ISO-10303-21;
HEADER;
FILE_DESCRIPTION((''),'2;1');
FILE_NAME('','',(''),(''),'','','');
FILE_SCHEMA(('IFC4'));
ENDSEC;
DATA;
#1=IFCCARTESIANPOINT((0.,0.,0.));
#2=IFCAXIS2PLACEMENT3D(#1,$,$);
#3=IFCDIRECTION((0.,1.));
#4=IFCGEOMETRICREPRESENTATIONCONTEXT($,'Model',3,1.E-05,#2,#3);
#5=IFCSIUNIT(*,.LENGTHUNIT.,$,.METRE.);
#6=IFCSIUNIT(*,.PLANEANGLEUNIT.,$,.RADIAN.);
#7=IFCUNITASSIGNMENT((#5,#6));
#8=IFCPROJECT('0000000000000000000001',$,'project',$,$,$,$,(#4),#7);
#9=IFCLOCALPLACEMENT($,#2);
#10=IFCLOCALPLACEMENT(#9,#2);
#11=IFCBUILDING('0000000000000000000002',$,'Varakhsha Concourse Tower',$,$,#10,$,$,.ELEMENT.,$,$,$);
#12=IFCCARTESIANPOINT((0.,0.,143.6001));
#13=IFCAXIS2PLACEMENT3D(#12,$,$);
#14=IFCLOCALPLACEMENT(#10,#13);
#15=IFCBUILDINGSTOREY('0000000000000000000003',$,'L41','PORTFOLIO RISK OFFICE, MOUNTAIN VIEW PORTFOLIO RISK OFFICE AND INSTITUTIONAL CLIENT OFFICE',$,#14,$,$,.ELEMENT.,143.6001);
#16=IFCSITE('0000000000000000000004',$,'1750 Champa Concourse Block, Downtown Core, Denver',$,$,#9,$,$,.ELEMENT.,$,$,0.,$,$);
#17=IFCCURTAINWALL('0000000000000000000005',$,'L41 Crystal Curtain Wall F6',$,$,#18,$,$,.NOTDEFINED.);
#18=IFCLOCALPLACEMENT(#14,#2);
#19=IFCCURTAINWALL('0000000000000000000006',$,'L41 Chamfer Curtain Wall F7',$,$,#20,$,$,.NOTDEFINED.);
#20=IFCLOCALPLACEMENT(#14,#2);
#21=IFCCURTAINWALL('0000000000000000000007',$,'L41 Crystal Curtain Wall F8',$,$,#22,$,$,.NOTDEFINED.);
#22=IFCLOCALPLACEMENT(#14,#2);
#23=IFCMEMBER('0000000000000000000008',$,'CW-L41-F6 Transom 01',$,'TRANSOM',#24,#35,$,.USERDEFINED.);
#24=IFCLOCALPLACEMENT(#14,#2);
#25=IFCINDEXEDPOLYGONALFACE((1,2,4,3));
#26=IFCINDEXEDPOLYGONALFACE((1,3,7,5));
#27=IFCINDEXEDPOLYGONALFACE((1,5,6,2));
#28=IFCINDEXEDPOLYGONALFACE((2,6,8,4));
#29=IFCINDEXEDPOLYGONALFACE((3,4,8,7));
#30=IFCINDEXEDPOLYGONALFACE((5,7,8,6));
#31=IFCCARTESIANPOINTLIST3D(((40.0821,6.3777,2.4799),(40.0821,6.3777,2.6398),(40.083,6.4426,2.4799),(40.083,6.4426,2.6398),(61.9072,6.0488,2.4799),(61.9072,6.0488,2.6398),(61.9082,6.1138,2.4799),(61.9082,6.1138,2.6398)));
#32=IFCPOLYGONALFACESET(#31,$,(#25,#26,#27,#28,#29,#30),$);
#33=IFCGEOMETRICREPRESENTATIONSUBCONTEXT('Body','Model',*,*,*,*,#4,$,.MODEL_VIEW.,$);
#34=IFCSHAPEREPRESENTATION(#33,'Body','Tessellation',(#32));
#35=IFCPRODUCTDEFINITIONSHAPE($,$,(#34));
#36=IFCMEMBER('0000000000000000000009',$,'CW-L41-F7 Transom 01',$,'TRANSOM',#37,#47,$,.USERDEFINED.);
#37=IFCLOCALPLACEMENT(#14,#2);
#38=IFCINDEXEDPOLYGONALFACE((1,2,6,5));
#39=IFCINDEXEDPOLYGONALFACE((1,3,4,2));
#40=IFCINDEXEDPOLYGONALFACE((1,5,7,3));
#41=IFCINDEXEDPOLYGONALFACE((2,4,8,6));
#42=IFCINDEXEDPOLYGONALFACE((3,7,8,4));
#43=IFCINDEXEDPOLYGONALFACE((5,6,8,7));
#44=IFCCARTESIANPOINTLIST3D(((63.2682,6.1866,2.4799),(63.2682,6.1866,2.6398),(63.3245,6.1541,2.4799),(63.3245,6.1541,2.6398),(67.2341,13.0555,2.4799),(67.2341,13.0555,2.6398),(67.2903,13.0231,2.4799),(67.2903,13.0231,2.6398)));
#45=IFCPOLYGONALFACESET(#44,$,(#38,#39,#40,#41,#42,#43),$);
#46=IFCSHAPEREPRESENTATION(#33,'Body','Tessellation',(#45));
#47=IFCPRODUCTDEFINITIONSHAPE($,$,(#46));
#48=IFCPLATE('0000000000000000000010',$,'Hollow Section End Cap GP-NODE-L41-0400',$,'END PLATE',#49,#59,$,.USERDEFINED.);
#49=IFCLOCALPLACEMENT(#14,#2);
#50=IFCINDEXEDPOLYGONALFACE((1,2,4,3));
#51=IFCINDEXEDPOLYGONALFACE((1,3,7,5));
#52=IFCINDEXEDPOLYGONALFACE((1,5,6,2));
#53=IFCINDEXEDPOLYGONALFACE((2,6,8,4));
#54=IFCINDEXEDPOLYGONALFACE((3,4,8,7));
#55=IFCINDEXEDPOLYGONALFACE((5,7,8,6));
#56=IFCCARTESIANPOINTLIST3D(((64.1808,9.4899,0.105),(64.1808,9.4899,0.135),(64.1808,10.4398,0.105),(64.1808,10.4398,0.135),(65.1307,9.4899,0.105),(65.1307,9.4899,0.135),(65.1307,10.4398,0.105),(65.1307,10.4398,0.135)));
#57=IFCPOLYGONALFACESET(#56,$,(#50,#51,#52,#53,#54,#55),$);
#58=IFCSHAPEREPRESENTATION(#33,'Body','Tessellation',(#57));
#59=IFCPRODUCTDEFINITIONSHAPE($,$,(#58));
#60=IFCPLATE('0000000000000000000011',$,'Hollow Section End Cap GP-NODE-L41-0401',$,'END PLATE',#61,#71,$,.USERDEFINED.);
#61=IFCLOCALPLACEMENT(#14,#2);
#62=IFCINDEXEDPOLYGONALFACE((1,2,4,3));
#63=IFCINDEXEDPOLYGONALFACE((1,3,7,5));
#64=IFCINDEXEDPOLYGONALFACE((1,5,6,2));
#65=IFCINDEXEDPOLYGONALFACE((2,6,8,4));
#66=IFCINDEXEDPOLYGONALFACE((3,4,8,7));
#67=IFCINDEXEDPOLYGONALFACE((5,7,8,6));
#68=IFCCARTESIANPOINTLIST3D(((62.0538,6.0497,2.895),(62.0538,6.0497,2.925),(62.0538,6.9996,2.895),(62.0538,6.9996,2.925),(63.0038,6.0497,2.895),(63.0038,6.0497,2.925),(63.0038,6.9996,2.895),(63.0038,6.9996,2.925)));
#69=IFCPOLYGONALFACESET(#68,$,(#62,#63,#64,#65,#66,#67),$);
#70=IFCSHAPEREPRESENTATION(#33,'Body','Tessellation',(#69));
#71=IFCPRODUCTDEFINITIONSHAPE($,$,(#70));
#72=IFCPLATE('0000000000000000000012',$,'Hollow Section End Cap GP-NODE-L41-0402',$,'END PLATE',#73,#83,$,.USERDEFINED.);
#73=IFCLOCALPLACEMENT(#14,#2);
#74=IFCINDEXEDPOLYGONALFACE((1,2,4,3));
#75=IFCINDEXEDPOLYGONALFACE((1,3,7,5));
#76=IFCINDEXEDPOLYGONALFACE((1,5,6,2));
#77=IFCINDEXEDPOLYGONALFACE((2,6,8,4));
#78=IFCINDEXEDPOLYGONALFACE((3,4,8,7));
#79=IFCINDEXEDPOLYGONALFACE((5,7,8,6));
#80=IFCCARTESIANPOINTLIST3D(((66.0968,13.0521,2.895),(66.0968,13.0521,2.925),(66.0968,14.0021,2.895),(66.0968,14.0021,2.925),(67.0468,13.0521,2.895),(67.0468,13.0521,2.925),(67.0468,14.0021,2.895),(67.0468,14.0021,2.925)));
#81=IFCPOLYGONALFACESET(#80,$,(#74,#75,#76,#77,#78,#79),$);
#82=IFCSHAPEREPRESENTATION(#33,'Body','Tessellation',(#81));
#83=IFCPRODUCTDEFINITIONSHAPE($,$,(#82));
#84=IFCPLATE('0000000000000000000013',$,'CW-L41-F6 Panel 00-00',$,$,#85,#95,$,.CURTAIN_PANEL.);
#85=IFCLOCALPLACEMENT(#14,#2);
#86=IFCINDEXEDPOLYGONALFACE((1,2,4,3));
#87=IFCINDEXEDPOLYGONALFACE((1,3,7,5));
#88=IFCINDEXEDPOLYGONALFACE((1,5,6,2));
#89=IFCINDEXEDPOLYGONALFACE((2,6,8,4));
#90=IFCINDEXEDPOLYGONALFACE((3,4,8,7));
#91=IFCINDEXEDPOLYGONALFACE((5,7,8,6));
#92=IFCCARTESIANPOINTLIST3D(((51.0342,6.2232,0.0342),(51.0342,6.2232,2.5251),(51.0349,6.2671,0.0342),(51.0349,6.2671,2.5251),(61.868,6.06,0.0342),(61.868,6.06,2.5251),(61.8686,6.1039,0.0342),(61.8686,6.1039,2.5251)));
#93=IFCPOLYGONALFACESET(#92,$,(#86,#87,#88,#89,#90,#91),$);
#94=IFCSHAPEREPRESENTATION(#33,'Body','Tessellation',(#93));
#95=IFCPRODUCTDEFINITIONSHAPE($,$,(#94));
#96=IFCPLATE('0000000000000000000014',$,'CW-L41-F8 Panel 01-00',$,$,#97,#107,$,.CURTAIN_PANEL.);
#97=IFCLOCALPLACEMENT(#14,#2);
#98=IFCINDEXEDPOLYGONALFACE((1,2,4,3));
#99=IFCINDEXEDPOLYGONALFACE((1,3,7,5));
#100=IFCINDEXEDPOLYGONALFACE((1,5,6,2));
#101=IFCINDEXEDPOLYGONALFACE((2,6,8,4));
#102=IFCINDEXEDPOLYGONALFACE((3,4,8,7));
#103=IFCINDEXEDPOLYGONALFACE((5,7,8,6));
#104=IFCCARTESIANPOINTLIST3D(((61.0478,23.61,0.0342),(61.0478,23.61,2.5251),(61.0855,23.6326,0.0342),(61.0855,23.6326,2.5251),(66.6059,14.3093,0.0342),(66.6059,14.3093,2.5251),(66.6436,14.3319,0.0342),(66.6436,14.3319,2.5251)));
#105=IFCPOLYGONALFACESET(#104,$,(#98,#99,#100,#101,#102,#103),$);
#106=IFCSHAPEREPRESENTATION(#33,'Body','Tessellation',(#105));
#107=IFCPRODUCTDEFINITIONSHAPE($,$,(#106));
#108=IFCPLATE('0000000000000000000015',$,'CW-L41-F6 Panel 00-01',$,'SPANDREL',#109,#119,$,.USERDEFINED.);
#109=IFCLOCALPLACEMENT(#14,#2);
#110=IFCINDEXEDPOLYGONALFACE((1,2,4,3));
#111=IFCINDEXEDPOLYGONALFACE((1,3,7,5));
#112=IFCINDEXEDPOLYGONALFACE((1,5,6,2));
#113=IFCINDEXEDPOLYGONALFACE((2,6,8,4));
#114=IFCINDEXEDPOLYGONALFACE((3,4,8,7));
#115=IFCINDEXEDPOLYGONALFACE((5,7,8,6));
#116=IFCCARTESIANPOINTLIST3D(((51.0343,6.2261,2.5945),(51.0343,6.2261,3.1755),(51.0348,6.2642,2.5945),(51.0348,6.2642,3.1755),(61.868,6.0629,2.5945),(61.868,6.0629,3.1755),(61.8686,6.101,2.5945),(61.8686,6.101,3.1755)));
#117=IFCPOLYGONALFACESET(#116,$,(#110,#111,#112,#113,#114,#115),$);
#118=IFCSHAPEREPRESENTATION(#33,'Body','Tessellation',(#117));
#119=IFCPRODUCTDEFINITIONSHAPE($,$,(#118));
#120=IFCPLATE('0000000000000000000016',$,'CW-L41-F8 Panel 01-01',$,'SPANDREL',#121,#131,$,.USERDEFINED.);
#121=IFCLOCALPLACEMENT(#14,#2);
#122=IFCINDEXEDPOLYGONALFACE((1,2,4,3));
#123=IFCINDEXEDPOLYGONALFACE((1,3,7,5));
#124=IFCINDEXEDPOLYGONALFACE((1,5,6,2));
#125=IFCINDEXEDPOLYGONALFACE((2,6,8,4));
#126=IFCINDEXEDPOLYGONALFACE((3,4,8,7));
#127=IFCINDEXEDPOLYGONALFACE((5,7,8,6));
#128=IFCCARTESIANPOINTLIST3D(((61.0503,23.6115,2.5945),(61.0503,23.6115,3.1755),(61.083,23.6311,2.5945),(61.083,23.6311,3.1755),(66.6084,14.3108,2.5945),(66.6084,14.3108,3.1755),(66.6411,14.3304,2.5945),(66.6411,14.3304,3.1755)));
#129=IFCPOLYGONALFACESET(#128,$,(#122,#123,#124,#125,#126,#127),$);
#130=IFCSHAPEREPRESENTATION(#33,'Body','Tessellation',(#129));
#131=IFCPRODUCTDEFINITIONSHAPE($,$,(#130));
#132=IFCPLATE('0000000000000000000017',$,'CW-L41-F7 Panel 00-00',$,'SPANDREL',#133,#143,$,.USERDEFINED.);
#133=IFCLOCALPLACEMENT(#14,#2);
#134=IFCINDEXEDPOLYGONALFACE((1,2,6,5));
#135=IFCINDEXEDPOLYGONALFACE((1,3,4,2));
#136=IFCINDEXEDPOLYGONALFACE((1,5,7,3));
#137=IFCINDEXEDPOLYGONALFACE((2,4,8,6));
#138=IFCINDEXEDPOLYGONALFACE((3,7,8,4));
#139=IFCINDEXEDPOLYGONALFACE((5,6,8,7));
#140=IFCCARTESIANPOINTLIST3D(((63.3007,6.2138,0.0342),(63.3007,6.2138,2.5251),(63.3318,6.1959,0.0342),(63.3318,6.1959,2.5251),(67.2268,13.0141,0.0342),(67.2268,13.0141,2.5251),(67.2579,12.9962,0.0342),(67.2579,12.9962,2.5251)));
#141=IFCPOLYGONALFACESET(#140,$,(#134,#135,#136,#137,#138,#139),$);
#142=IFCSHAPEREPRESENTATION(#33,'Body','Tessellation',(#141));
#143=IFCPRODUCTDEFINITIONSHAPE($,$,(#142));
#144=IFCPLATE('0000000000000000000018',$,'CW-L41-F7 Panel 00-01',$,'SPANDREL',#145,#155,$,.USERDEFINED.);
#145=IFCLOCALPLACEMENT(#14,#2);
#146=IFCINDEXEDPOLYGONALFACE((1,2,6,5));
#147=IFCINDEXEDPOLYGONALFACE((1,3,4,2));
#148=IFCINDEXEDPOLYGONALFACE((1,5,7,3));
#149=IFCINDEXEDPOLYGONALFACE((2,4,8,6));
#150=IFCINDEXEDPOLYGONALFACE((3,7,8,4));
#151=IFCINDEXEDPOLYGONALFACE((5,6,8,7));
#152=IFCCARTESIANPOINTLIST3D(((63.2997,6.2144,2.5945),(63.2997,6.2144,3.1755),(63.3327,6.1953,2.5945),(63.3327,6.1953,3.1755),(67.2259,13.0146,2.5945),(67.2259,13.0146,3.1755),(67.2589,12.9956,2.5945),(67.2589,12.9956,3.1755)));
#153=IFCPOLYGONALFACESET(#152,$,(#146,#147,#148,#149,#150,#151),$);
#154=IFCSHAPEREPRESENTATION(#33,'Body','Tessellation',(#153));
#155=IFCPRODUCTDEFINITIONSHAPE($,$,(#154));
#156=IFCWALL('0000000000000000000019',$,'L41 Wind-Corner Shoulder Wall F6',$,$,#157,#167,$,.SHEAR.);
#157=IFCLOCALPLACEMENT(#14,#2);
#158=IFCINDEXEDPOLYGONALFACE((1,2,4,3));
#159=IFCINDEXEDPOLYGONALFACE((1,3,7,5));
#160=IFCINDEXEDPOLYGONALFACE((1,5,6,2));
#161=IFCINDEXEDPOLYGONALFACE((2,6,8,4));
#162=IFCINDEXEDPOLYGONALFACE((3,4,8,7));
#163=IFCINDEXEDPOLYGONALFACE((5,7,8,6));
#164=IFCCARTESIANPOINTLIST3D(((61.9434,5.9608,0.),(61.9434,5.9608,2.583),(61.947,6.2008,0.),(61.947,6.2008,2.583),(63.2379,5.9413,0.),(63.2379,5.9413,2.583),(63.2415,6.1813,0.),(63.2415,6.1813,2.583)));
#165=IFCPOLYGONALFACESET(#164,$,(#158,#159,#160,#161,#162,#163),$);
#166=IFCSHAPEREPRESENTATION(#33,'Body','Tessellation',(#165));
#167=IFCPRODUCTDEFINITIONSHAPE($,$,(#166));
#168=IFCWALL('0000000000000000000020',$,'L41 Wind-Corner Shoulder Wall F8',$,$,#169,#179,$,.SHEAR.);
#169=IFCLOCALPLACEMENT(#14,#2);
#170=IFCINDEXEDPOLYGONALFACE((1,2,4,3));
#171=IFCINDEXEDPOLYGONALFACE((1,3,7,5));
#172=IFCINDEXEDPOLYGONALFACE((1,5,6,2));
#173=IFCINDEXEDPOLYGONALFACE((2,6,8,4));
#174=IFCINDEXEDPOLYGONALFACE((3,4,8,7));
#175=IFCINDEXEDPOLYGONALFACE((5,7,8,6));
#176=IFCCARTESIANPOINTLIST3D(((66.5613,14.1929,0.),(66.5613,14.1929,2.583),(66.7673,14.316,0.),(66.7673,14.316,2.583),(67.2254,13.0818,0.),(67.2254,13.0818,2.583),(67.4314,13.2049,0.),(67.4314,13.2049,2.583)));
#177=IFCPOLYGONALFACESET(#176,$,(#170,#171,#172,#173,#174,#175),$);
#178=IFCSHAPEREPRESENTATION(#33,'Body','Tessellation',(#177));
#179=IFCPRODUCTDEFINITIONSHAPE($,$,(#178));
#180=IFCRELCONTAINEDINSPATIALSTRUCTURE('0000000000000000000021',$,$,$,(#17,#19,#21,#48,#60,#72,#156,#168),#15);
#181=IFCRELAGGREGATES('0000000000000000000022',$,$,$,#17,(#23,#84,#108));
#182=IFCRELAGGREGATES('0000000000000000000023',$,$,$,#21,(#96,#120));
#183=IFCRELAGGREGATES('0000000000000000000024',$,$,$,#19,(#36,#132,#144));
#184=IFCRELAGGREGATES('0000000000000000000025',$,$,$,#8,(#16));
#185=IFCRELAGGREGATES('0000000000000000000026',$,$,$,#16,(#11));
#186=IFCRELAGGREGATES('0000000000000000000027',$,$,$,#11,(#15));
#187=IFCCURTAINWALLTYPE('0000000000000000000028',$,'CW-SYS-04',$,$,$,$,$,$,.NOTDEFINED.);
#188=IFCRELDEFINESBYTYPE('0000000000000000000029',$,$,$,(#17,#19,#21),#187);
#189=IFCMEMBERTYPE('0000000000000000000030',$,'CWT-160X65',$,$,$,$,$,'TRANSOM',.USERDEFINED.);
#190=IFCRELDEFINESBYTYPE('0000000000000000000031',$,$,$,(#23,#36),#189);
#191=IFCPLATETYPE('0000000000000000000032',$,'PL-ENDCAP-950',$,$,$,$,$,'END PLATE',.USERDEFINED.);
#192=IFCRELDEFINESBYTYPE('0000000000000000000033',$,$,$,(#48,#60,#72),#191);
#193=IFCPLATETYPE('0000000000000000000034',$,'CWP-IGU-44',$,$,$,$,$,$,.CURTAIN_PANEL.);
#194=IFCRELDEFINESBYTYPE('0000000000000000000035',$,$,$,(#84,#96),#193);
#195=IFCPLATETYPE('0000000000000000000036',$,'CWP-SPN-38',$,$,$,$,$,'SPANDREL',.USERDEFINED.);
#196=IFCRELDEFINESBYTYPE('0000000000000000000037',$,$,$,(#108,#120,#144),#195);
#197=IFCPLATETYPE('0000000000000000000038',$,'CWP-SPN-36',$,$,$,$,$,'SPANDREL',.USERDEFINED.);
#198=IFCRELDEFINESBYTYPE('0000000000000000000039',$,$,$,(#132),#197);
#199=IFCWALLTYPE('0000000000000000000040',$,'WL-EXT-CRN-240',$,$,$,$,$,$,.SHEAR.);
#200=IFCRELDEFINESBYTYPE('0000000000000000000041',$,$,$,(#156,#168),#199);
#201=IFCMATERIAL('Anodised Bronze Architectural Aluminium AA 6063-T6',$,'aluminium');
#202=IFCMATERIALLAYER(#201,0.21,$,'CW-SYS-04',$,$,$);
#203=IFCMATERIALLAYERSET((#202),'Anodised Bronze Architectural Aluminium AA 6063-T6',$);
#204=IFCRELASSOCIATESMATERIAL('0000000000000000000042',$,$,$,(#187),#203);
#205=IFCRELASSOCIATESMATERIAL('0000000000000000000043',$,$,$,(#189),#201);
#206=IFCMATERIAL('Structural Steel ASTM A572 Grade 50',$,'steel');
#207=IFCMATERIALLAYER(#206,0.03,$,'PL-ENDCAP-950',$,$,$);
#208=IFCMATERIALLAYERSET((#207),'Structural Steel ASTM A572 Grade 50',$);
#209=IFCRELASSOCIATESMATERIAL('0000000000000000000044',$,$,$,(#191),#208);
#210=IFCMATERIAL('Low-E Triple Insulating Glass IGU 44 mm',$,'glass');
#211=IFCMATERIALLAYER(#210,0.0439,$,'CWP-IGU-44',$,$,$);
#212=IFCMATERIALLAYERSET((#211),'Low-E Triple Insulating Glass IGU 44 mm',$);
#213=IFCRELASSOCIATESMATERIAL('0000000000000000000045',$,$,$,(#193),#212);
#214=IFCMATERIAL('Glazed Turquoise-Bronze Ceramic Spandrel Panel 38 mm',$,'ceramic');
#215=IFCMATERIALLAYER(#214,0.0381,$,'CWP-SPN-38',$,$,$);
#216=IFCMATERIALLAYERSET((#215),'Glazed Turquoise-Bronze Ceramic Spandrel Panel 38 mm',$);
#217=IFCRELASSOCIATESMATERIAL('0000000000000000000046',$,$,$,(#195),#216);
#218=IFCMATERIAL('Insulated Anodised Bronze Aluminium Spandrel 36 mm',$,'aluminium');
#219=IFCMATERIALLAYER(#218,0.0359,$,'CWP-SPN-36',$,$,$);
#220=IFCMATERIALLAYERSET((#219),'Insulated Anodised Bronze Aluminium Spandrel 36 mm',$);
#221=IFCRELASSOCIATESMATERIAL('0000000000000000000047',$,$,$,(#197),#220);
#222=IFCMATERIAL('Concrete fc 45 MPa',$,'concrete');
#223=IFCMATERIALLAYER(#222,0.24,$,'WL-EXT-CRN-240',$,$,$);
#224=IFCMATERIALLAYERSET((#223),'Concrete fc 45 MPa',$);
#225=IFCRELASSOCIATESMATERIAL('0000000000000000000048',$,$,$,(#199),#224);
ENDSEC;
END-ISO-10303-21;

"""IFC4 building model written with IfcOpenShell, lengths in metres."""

from ifc_helpers import new_model, si_unit, direction, frame, frame_2d, origin, origin_2d, place, context, subcontext, project, spatial, rectangle, extrude, source, transform, mapped, material, layer, layer_set, material_profile, profile_set, type_object, type_shapes, element, aggregate, save


model = new_model("IFC4")

# Units and contexts
model_context = context("Model", 3, precision=1e-05, world=origin(), true_north=direction((0.0, 1.0)))
body_context = subcontext(model_context, "Body", "Model", "MODEL_VIEW")
ifc_project = project(units=[si_unit("LENGTHUNIT", "METRE"), si_unit("PLANEANGLEUNIT", "RADIAN")], contexts=[model_context])

# Site, building, storey
site_placement = place(None, origin())
site = spatial("IfcSite", under=ifc_project, at=site_placement, Name="1750 Champa Concourse Block, Downtown Core, Denver", CompositionType="ELEMENT", RefElevation=0.0)
building_placement = place(site_placement, origin())
building = spatial("IfcBuilding", under=site, at=building_placement, Name="Varakhsha Concourse Tower", CompositionType="ELEMENT")
storey_placement = place(building_placement, frame((0.0, 0.0, 143.6001)))
storey = spatial("IfcBuildingStorey", under=building, at=storey_placement, Name="L41", Description="PORTFOLIO RISK OFFICE, MOUNTAIN VIEW PORTFOLIO RISK OFFICE AND INSTITUTIONAL CLIENT OFFICE", CompositionType="ELEMENT", Elevation=143.6001)

# Shared definitions
ifc_material_1 = material(Name="Structural Steel ASTM A572 Grade 50", Category="steel")

# Curtain wall
ifc_material_2 = material(Name="Anodised Bronze Architectural Aluminium AA 6063-T6", Category="aluminium")
ifc_layer_1 = layer(ifc_material_2, 0.21, Name="CW-SYS-04")
ifc_layer_set_1 = layer_set([ifc_layer_1], Name="Anodised Bronze Architectural Aluminium AA 6063-T6")
curtain_wall_type = type_object("IfcCurtainWallType", Name="CW-SYS-04", PredefinedType="NOTDEFINED", material=ifc_layer_set_1)
curtain_wall_1_placement = place(storey_placement, origin())
curtain_wall_1 = element("IfcCurtainWall", 1, at=curtain_wall_1_placement, inside=storey, type_object=curtain_wall_type, Name="L41 Crystal Curtain Wall F6", PredefinedType="NOTDEFINED")

# Curtain wall
curtain_wall_2_placement = place(storey_placement, origin())
curtain_wall_2 = element("IfcCurtainWall", 2, at=curtain_wall_2_placement, inside=storey, type_object=curtain_wall_type, Name="L41 Chamfer Curtain Wall F7", PredefinedType="NOTDEFINED")

# Curtain wall
curtain_wall_3_placement = place(storey_placement, origin())
curtain_wall_3 = element("IfcCurtainWall", 3, at=curtain_wall_3_placement, inside=storey, type_object=curtain_wall_type, Name="L41 Crystal Curtain Wall F8", PredefinedType="NOTDEFINED")

# Members
ifc_material_profile_1 = material_profile(ifc_material_2, rectangle(XDim=0.0649, YDim=0.1599, at=origin_2d()), Name="CWT-160X65")
ifc_profile_set_1 = profile_set([ifc_material_profile_1], Name="Anodised Bronze Architectural Aluminium AA 6063-T6")
member_type_1 = type_object("IfcMemberType", Name="CWT-160X65", ElementType="TRANSOM", PredefinedType="USERDEFINED", material=ifc_profile_set_1)
shared_shape_1 = source(origin(), body_context, "Body", "SweptSolid", [
    extrude(rectangle(XDim=0.0649, YDim=0.1599, at=origin_2d()), origin(), (0.0, 0.0, 1.0), 21.8276),
])
member_1_placement = place(storey_placement, frame((61.9077, 6.0813, 2.5598), z_axis=(-0.999887, 0.015066, 0.0), x_axis=(-0.015066, -0.999887, 0.0)))
member_1 = element("IfcMember", 4, at=member_1_placement, type_object=member_type_1, Name="CW-L41-F6 Transom 01", ObjectType="TRANSOM", PredefinedType="USERDEFINED", context=body_context, shape_type="MappedRepresentation", body=[
    mapped(shared_shape_1, transform((0.0, 0.0, 0.0), scale=1.0)),
])
shared_shape_2 = source(origin(), body_context, "Body", "SweptSolid", [
    extrude(rectangle(XDim=0.0649, YDim=0.1599, at=origin_2d()), origin(), (0.0, 0.0, 1.0), 7.9316),
])
type_shapes(member_type_1, [shared_shape_1, shared_shape_2])
member_2_placement = place(storey_placement, frame((67.2622, 13.0393, 2.5598), z_axis=(-0.500006, -0.866022, 0.0), x_axis=(0.866022, -0.500006, 0.0)))
member_2 = element("IfcMember", 5, at=member_2_placement, type_object=member_type_1, Name="CW-L41-F7 Transom 01", ObjectType="TRANSOM", PredefinedType="USERDEFINED", context=body_context, shape_type="MappedRepresentation", body=[
    mapped(shared_shape_2, transform((0.0, 0.0, 0.0), scale=1.0)),
])

# Plates
ifc_layer_2 = layer(ifc_material_1, 0.03, Name="PL-ENDCAP-950")
ifc_layer_set_2 = layer_set([ifc_layer_2], Name="Structural Steel ASTM A572 Grade 50")
plate_type_1 = type_object("IfcPlateType", Name="PL-ENDCAP-950", ElementType="END PLATE", PredefinedType="USERDEFINED", material=ifc_layer_set_2)
shared_shape_3 = source(origin(), body_context, "Body", "SweptSolid", [
    extrude(rectangle(XDim=0.95, YDim=0.95, at=origin_2d()), origin(), (0.0, 0.0, 1.0), 0.03),
])
type_shapes(plate_type_1, [shared_shape_3])
for number, where, z_axis, x_axis, name in (
    (6, (64.6558, 9.9648, 0.105), (0.0, 0.0, 1.0), (1.0, 0.0, 0.0), "Hollow Section End Cap GP-NODE-L41-0400"),
    (7, (62.5288, 6.5247, 2.895), (0.0, 0.0, 1.0), (1.0, 0.0, 0.0), "Hollow Section End Cap GP-NODE-L41-0401"),
    (8, (66.5718, 13.5271, 2.895), (0.0, 0.0, 1.0), (1.0, 0.0, 0.0), "Hollow Section End Cap GP-NODE-L41-0402"),
):
    element("IfcPlate", number, at=place(storey_placement, frame(where, z_axis=z_axis, x_axis=x_axis)), inside=storey, type_object=plate_type_1, Name=name, ObjectType="END PLATE", PredefinedType="USERDEFINED", context=body_context, shape_type="MappedRepresentation", body=[
        mapped(shared_shape_3, transform((0.0, 0.0, 0.0), scale=1.0)),
    ])

# Plates
ifc_material_3 = material(Name="Low-E Triple Insulating Glass IGU 44 mm", Category="glass")
ifc_layer_3 = layer(ifc_material_3, 0.0439, Name="CWP-IGU-44")
ifc_layer_set_3 = layer_set([ifc_layer_3], Name="Low-E Triple Insulating Glass IGU 44 mm")
plate_type_2 = type_object("IfcPlateType", Name="CWP-IGU-44", PredefinedType="CURTAIN_PANEL", material=ifc_layer_set_3)
shared_shape_4 = source(origin(), body_context, "Body", "SweptSolid", [
    extrude(rectangle(XDim=10.835, YDim=0.0439, at=origin_2d()), origin(), (0.0, 0.0, 1.0), 2.491),
])
type_shapes(plate_type_2, [shared_shape_4])
plate_1_placement = place(storey_placement, frame((56.4514, 6.1636, 0.0342), z_axis=(0.0, 0.0, 1.0), x_axis=(-0.999887, 0.015063, 0.0)))
plate_1 = element("IfcPlate", 9, at=plate_1_placement, type_object=plate_type_2, Name="CW-L41-F6 Panel 00-00", PredefinedType="CURTAIN_PANEL", context=body_context, shape_type="MappedRepresentation", body=[
    mapped(shared_shape_4, transform((0.0, 0.0, 0.0), scale=1.0)),
])
plate_2_placement = place(storey_placement, frame((63.8457, 18.9709, 0.0342), z_axis=(0.0, 0.0, 1.0), x_axis=(0.512984, -0.858398, 0.0)))
plate_2 = element("IfcPlate", 10, at=plate_2_placement, type_object=plate_type_2, Name="CW-L41-F8 Panel 01-00", PredefinedType="CURTAIN_PANEL", context=body_context, shape_type="MappedRepresentation", body=[
    mapped(shared_shape_4, transform((0.0, 0.0, 0.0), scale=1.0)),
])
ifc_material_4 = material(Name="Glazed Turquoise-Bronze Ceramic Spandrel Panel 38 mm", Category="ceramic")
ifc_layer_4 = layer(ifc_material_4, 0.0381, Name="CWP-SPN-38")
ifc_layer_set_4 = layer_set([ifc_layer_4], Name="Glazed Turquoise-Bronze Ceramic Spandrel Panel 38 mm")
plate_type_3 = type_object("IfcPlateType", Name="CWP-SPN-38", ElementType="SPANDREL", PredefinedType="USERDEFINED", material=ifc_layer_set_4)
shared_shape_5 = source(origin(), body_context, "Body", "SweptSolid", [
    extrude(rectangle(XDim=10.835, YDim=0.0381, at=origin_2d()), origin(), (0.0, 0.0, 1.0), 0.5811),
])
plate_3_placement = place(storey_placement, frame((56.4514, 6.1636, 2.5945), z_axis=(0.0, 0.0, 1.0), x_axis=(-0.999887, 0.015063, 0.0)))
plate_3 = element("IfcPlate", 11, at=plate_3_placement, type_object=plate_type_3, Name="CW-L41-F6 Panel 00-01", ObjectType="SPANDREL", PredefinedType="USERDEFINED", context=body_context, shape_type="MappedRepresentation", body=[
    mapped(shared_shape_5, transform((0.0, 0.0, 0.0), scale=1.0)),
])
aggregate(curtain_wall_1, [member_1, plate_1, plate_3])
plate_4_placement = place(storey_placement, frame((63.8457, 18.9709, 2.5945), z_axis=(0.0, 0.0, 1.0), x_axis=(0.512984, -0.858398, 0.0)))
plate_4 = element("IfcPlate", 12, at=plate_4_placement, type_object=plate_type_3, Name="CW-L41-F8 Panel 01-01", ObjectType="SPANDREL", PredefinedType="USERDEFINED", context=body_context, shape_type="MappedRepresentation", body=[
    mapped(shared_shape_5, transform((0.0, 0.0, 0.0), scale=1.0)),
])
aggregate(curtain_wall_3, [plate_2, plate_4])
ifc_material_5 = material(Name="Insulated Anodised Bronze Aluminium Spandrel 36 mm", Category="aluminium")
ifc_layer_5 = layer(ifc_material_5, 0.0359, Name="CWP-SPN-36")
ifc_layer_set_5 = layer_set([ifc_layer_5], Name="Insulated Anodised Bronze Aluminium Spandrel 36 mm")
plate_type_4 = type_object("IfcPlateType", Name="CWP-SPN-36", ElementType="SPANDREL", PredefinedType="USERDEFINED", material=ifc_layer_set_5)
shared_shape_6 = source(origin(), body_context, "Body", "SweptSolid", [
    extrude(rectangle(XDim=7.8523, YDim=0.0359, at=origin_2d()), origin(), (0.0, 0.0, 1.0), 2.491),
])
type_shapes(plate_type_4, [shared_shape_6])
plate_5_placement = place(storey_placement, frame((65.2793, 9.605, 0.0342), z_axis=(0.0, 0.0, 1.0), x_axis=(-0.5, -0.866025, 0.0)))
plate_5 = element("IfcPlate", 13, at=plate_5_placement, type_object=plate_type_4, Name="CW-L41-F7 Panel 00-00", ObjectType="SPANDREL", PredefinedType="USERDEFINED", context=body_context, shape_type="MappedRepresentation", body=[
    mapped(shared_shape_6, transform((0.0, 0.0, 0.0), scale=1.0)),
])
shared_shape_7 = source(origin(), body_context, "Body", "SweptSolid", [
    extrude(rectangle(XDim=7.8523, YDim=0.0381, at=origin_2d()), origin(), (0.0, 0.0, 1.0), 0.5811),
])
type_shapes(plate_type_3, [shared_shape_5, shared_shape_7])
plate_6_placement = place(storey_placement, frame((65.2793, 9.605, 2.5945), z_axis=(0.0, 0.0, 1.0), x_axis=(-0.5, -0.866025, 0.0)))
plate_6 = element("IfcPlate", 14, at=plate_6_placement, type_object=plate_type_3, Name="CW-L41-F7 Panel 00-01", ObjectType="SPANDREL", PredefinedType="USERDEFINED", context=body_context, shape_type="MappedRepresentation", body=[
    mapped(shared_shape_7, transform((0.0, 0.0, 0.0), scale=1.0)),
])
aggregate(curtain_wall_2, [member_2, plate_5, plate_6])

# Walls
ifc_material_6 = material(Name="Concrete fc 45 MPa", Category="concrete")
ifc_layer_6 = layer(ifc_material_6, 0.24, Name="WL-EXT-CRN-240")
ifc_layer_set_6 = layer_set([ifc_layer_6], Name="Concrete fc 45 MPa")
wall_type = type_object("IfcWallType", Name="WL-EXT-CRN-240", PredefinedType="SHEAR", material=ifc_layer_set_6)
wall_1_placement = place(storey_placement, frame((61.9451, 6.0808, 0.0), z_axis=(0.0, 0.0, 1.0), x_axis=(0.999886, -0.015087, 0.0)))
element("IfcWall", 15, at=wall_1_placement, inside=storey, type_object=wall_type, Name="L41 Wind-Corner Shoulder Wall F6", PredefinedType="SHEAR", context=body_context, shape_type="SweptSolid", body=[
    extrude(rectangle(XDim=1.2947, YDim=0.24, at=frame_2d((0.6475, 0.0))), origin(), (0.0, 0.0, 1.0), 2.583),
])
wall_2_placement = place(storey_placement, frame((67.3284, 13.1433, 0.0), z_axis=(0.0, 0.0, 1.0), x_axis=(-0.513025, 0.858374, 0.0)))
element("IfcWall", 16, at=wall_2_placement, inside=storey, type_object=wall_type, Name="L41 Wind-Corner Shoulder Wall F8", PredefinedType="SHEAR", context=body_context, shape_type="SweptSolid", body=[
    extrude(rectangle(XDim=1.2944, YDim=0.24, at=frame_2d((0.6472, 0.0))), origin(), (0.0, 0.0, 1.0), 2.583),
])

save(model, "model.ifc")
